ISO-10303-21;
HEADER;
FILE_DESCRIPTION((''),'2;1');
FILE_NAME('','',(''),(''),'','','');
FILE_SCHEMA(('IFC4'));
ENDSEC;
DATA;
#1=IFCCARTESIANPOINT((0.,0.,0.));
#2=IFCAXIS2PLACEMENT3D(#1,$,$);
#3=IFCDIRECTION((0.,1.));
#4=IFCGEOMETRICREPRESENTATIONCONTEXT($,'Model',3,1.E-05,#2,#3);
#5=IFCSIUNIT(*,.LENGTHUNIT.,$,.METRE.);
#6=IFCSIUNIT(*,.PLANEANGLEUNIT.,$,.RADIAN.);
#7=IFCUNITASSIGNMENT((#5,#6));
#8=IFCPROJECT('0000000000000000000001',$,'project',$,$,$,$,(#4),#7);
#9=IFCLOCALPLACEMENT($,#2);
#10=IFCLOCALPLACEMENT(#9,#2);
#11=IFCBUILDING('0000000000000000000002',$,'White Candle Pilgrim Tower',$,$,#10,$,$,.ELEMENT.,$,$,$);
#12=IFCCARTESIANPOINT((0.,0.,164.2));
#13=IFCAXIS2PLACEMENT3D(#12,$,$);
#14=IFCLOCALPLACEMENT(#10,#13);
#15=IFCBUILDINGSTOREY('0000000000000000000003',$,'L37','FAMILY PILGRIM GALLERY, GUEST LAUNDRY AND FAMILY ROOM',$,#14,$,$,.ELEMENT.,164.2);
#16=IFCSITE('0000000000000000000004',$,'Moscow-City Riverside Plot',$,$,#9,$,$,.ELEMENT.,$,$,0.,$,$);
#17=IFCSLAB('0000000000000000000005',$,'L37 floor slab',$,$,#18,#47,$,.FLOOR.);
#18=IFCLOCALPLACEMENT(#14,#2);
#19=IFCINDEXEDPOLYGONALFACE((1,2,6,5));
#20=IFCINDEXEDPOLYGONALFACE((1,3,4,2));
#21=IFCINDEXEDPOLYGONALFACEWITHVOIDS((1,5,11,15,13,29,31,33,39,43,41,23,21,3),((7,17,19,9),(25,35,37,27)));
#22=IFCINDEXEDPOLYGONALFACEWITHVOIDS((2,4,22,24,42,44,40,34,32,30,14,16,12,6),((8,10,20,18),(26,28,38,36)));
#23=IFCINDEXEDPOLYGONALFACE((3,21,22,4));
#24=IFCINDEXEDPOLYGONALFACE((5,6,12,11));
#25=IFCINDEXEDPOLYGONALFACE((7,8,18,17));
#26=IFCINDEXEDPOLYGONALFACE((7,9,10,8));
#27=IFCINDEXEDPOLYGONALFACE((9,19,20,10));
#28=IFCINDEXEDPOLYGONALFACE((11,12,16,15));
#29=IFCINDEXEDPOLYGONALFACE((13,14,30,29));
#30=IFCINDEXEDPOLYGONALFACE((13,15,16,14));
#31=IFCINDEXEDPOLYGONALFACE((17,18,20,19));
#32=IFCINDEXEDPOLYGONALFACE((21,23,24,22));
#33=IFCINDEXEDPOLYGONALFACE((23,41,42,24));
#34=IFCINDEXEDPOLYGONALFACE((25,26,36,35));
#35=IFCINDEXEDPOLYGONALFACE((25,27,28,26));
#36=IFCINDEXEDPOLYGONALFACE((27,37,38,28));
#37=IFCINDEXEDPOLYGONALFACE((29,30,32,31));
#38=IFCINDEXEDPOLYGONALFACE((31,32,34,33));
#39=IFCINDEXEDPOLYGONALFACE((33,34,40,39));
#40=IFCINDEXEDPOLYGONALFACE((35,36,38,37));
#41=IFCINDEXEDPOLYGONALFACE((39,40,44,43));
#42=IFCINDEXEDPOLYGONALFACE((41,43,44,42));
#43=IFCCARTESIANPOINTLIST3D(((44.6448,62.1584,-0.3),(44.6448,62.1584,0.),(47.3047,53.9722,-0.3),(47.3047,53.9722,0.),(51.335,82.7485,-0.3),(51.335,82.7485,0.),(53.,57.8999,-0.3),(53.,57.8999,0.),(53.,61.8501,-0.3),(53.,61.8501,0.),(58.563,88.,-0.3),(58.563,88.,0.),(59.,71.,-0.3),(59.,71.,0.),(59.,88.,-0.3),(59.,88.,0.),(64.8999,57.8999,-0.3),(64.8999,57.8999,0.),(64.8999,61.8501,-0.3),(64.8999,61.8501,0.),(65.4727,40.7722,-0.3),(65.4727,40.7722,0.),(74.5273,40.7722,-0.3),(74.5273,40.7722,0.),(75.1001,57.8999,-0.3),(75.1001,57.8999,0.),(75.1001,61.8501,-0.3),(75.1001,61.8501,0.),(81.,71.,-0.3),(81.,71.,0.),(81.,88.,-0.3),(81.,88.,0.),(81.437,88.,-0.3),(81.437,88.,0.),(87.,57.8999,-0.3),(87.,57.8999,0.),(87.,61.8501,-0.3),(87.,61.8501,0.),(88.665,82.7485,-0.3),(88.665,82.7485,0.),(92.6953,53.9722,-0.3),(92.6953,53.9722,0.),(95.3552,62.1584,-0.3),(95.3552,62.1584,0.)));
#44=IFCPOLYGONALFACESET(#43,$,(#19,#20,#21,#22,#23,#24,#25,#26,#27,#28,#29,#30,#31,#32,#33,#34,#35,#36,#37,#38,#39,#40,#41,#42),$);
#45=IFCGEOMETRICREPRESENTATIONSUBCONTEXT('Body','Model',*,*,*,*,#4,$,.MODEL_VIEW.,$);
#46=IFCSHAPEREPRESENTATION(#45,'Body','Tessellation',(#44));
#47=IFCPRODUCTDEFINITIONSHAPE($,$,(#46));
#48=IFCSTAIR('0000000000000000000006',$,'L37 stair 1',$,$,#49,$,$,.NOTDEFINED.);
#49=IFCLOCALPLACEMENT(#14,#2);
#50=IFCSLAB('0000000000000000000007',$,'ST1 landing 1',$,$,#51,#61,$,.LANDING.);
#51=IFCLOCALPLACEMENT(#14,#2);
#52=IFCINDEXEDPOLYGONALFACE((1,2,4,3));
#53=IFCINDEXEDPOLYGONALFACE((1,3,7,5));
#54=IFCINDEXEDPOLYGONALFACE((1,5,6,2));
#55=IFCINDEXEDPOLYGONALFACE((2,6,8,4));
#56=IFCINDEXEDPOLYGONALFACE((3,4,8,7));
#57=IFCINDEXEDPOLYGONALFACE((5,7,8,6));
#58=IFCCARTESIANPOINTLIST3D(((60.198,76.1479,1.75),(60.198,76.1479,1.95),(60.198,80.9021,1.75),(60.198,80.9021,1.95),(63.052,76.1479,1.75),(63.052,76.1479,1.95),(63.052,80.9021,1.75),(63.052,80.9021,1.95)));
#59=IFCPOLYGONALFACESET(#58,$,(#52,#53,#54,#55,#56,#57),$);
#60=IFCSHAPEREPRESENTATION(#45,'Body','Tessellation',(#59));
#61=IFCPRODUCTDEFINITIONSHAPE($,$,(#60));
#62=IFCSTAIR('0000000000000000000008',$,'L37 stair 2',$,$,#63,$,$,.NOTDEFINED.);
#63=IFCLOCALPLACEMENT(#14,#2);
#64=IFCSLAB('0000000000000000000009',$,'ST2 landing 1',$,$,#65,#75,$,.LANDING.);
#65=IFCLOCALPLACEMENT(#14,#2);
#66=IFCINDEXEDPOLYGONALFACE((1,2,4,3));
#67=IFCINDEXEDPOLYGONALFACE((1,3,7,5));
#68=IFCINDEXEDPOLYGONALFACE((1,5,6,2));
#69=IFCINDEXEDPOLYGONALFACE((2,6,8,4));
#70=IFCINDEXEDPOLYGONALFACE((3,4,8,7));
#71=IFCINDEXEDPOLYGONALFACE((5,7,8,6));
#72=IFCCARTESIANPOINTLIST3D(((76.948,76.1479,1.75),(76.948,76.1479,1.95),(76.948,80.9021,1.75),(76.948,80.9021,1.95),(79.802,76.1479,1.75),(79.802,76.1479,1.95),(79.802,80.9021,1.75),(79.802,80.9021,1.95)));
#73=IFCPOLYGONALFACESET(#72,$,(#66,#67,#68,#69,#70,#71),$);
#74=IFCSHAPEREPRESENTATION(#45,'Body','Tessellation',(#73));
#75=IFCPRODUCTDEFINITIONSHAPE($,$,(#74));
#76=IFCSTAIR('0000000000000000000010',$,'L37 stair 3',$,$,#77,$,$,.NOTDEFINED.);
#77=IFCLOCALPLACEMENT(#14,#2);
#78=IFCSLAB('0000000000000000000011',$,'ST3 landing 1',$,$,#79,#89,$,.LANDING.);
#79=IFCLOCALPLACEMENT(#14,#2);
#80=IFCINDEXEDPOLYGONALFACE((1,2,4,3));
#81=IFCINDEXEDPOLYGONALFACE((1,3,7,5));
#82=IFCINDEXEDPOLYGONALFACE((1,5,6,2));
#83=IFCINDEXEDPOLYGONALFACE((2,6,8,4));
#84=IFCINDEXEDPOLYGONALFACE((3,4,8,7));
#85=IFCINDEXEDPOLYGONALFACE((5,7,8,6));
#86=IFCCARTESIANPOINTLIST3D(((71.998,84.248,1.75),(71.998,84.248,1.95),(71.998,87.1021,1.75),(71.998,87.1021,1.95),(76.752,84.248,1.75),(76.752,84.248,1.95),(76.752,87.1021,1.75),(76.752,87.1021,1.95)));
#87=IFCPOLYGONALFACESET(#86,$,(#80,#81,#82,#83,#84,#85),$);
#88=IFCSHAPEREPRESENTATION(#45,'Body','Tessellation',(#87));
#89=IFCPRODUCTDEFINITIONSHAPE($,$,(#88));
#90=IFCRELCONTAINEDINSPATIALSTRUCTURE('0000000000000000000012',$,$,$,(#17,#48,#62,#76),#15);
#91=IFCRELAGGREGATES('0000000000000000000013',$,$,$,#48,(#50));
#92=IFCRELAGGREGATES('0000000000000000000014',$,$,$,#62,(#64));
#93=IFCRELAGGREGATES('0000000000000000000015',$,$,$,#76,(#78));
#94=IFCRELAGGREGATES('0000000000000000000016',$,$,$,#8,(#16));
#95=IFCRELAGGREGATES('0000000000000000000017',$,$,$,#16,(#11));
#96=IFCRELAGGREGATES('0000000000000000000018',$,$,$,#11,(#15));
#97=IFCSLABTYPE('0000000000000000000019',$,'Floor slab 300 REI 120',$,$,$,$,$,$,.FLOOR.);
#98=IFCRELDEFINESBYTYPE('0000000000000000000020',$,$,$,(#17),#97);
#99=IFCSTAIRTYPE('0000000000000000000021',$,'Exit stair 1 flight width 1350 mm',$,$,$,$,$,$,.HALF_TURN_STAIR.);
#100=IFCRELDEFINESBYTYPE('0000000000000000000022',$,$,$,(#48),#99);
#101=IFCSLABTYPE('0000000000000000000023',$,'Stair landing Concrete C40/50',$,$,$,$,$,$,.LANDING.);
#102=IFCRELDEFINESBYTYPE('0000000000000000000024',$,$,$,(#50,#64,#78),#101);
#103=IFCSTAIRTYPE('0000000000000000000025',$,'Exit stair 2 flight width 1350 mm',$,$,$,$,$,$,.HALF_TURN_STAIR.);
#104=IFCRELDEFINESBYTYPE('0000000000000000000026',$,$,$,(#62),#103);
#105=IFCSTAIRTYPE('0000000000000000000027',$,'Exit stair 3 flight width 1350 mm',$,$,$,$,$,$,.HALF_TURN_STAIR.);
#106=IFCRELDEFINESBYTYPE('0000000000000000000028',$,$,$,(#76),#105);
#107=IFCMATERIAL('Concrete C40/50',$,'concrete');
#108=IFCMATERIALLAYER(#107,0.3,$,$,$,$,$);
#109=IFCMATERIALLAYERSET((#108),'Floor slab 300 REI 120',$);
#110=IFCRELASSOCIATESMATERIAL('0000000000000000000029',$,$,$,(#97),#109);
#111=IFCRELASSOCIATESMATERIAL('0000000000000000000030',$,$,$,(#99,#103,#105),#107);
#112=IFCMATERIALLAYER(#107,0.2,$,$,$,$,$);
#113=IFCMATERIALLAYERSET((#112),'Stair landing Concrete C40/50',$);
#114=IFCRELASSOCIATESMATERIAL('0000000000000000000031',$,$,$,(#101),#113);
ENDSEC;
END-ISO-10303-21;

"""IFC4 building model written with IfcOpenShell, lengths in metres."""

from ifc_helpers import new_model, si_unit, direction, frame, origin, place, context, subcontext, project, spatial, polyline, outline, extrude, material, layer, layer_set, type_object, element, aggregate, save


model = new_model("IFC4")

# Units and contexts
model_context = context("Model", 3, precision=1e-05, world=origin(), true_north=direction((0.0, 1.0)))
body_context = subcontext(model_context, "Body", "Model", "MODEL_VIEW")
ifc_project = project(units=[si_unit("LENGTHUNIT", "METRE"), si_unit("PLANEANGLEUNIT", "RADIAN")], contexts=[model_context])

# Site, building, storey
site_placement = place(None, origin())
site = spatial("IfcSite", under=ifc_project, at=site_placement, Name="Moscow-City Riverside Plot", CompositionType="ELEMENT", RefElevation=0.0)
building_placement = place(site_placement, origin())
building = spatial("IfcBuilding", under=site, at=building_placement, Name="White Candle Pilgrim Tower", CompositionType="ELEMENT")
storey_placement = place(building_placement, frame((0.0, 0.0, 164.2)))
storey = spatial("IfcBuildingStorey", under=building, at=storey_placement, Name="L37", Description="FAMILY PILGRIM GALLERY, GUEST LAUNDRY AND FAMILY ROOM", CompositionType="ELEMENT", Elevation=164.2)

# Slab
ifc_material = material(Name="Concrete C40/50", Category="concrete")
ifc_layer_1 = layer(ifc_material, 0.3)
ifc_layer_set_1 = layer_set([ifc_layer_1], Name="Floor slab 300 REI 120")
slab_type_1 = type_object("IfcSlabType", Name="Floor slab 300 REI 120", PredefinedType="FLOOR", material=ifc_layer_set_1)
slab_1_placement = place(storey_placement, frame((0.0, 0.0, -0.3)))
element("IfcSlab", 1, at=slab_1_placement, inside=storey, type_object=slab_type_1, Name="L37 floor slab", PredefinedType="FLOOR", context=body_context, shape_type="SweptSolid", body=[
    extrude(outline(polyline([(65.4727, 40.7722), (74.5273, 40.7722), (92.6953, 53.9722), (95.3552, 62.1584), (88.665, 82.7485), (81.437, 88.0), (81.0, 88.0), (81.0, 71.0), (59.0, 71.0), (59.0, 88.0), (58.563, 88.0), (51.335, 82.7485), (44.6448, 62.1584), (47.3047, 53.9722), (65.4727, 40.7722)]), holes=[polyline([(53.0, 57.8999), (53.0, 61.8501), (64.8999, 61.8501), (64.8999, 57.8999), (53.0, 57.8999)]), polyline([(75.1001, 57.8999), (75.1001, 61.8501), (87.0, 61.8501), (87.0, 57.8999), (75.1001, 57.8999)])]), origin(), (0.0, 0.0, 1.0), 0.3),
])

# Stairs, slabs
stair_type_1 = type_object("IfcStairType", Name="Exit stair 1 flight width 1350 mm", PredefinedType="HALF_TURN_STAIR", material=ifc_material)
stair_1_placement = place(storey_placement, origin())
stair_1 = element("IfcStair", 2, at=stair_1_placement, inside=storey, type_object=stair_type_1, Name="L37 stair 1", PredefinedType="NOTDEFINED")
ifc_layer_2 = layer(ifc_material, 0.2)
ifc_layer_set_2 = layer_set([ifc_layer_2], Name="Stair landing Concrete C40/50")
slab_type_2 = type_object("IfcSlabType", Name="Stair landing Concrete C40/50", PredefinedType="LANDING", material=ifc_layer_set_2)
slab_2_placement = place(storey_placement, frame((0.0, 0.0, 1.75)))
slab_2 = element("IfcSlab", 3, at=slab_2_placement, type_object=slab_type_2, Name="ST1 landing 1", PredefinedType="LANDING", context=body_context, shape_type="SweptSolid", body=[
    extrude(outline(polyline([(63.052, 76.1479), (60.198, 76.1479), (60.198, 80.9021), (63.052, 80.9021), (63.052, 76.1479)])), origin(), (0.0, 0.0, 1.0), 0.2),
])
aggregate(stair_1, [slab_2])
stair_type_2 = type_object("IfcStairType", Name="Exit stair 2 flight width 1350 mm", PredefinedType="HALF_TURN_STAIR", material=ifc_material)
stair_2_placement = place(storey_placement, origin())
stair_2 = element("IfcStair", 4, at=stair_2_placement, inside=storey, type_object=stair_type_2, Name="L37 stair 2", PredefinedType="NOTDEFINED")
slab_3_placement = place(storey_placement, frame((0.0, 0.0, 1.75)))
slab_3 = element("IfcSlab", 5, at=slab_3_placement, type_object=slab_type_2, Name="ST2 landing 1", PredefinedType="LANDING", context=body_context, shape_type="SweptSolid", body=[
    extrude(outline(polyline([(79.802, 76.1479), (76.948, 76.1479), (76.948, 80.9021), (79.802, 80.9021), (79.802, 76.1479)])), origin(), (0.0, 0.0, 1.0), 0.2),
])
aggregate(stair_2, [slab_3])
stair_type_3 = type_object("IfcStairType", Name="Exit stair 3 flight width 1350 mm", PredefinedType="HALF_TURN_STAIR", material=ifc_material)
stair_3_placement = place(storey_placement, origin())
stair_3 = element("IfcStair", 6, at=stair_3_placement, inside=storey, type_object=stair_type_3, Name="L37 stair 3", PredefinedType="NOTDEFINED")
slab_4_placement = place(storey_placement, frame((0.0, 0.0, 1.75)))
slab_4 = element("IfcSlab", 7, at=slab_4_placement, type_object=slab_type_2, Name="ST3 landing 1", PredefinedType="LANDING", context=body_context, shape_type="SweptSolid", body=[
    extrude(outline(polyline([(71.998, 84.248), (71.998, 87.1021), (76.752, 87.1021), (76.752, 84.248), (71.998, 84.248)])), origin(), (0.0, 0.0, 1.0), 0.2),
])
aggregate(stair_3, [slab_4])

save(model, "model.ifc")
